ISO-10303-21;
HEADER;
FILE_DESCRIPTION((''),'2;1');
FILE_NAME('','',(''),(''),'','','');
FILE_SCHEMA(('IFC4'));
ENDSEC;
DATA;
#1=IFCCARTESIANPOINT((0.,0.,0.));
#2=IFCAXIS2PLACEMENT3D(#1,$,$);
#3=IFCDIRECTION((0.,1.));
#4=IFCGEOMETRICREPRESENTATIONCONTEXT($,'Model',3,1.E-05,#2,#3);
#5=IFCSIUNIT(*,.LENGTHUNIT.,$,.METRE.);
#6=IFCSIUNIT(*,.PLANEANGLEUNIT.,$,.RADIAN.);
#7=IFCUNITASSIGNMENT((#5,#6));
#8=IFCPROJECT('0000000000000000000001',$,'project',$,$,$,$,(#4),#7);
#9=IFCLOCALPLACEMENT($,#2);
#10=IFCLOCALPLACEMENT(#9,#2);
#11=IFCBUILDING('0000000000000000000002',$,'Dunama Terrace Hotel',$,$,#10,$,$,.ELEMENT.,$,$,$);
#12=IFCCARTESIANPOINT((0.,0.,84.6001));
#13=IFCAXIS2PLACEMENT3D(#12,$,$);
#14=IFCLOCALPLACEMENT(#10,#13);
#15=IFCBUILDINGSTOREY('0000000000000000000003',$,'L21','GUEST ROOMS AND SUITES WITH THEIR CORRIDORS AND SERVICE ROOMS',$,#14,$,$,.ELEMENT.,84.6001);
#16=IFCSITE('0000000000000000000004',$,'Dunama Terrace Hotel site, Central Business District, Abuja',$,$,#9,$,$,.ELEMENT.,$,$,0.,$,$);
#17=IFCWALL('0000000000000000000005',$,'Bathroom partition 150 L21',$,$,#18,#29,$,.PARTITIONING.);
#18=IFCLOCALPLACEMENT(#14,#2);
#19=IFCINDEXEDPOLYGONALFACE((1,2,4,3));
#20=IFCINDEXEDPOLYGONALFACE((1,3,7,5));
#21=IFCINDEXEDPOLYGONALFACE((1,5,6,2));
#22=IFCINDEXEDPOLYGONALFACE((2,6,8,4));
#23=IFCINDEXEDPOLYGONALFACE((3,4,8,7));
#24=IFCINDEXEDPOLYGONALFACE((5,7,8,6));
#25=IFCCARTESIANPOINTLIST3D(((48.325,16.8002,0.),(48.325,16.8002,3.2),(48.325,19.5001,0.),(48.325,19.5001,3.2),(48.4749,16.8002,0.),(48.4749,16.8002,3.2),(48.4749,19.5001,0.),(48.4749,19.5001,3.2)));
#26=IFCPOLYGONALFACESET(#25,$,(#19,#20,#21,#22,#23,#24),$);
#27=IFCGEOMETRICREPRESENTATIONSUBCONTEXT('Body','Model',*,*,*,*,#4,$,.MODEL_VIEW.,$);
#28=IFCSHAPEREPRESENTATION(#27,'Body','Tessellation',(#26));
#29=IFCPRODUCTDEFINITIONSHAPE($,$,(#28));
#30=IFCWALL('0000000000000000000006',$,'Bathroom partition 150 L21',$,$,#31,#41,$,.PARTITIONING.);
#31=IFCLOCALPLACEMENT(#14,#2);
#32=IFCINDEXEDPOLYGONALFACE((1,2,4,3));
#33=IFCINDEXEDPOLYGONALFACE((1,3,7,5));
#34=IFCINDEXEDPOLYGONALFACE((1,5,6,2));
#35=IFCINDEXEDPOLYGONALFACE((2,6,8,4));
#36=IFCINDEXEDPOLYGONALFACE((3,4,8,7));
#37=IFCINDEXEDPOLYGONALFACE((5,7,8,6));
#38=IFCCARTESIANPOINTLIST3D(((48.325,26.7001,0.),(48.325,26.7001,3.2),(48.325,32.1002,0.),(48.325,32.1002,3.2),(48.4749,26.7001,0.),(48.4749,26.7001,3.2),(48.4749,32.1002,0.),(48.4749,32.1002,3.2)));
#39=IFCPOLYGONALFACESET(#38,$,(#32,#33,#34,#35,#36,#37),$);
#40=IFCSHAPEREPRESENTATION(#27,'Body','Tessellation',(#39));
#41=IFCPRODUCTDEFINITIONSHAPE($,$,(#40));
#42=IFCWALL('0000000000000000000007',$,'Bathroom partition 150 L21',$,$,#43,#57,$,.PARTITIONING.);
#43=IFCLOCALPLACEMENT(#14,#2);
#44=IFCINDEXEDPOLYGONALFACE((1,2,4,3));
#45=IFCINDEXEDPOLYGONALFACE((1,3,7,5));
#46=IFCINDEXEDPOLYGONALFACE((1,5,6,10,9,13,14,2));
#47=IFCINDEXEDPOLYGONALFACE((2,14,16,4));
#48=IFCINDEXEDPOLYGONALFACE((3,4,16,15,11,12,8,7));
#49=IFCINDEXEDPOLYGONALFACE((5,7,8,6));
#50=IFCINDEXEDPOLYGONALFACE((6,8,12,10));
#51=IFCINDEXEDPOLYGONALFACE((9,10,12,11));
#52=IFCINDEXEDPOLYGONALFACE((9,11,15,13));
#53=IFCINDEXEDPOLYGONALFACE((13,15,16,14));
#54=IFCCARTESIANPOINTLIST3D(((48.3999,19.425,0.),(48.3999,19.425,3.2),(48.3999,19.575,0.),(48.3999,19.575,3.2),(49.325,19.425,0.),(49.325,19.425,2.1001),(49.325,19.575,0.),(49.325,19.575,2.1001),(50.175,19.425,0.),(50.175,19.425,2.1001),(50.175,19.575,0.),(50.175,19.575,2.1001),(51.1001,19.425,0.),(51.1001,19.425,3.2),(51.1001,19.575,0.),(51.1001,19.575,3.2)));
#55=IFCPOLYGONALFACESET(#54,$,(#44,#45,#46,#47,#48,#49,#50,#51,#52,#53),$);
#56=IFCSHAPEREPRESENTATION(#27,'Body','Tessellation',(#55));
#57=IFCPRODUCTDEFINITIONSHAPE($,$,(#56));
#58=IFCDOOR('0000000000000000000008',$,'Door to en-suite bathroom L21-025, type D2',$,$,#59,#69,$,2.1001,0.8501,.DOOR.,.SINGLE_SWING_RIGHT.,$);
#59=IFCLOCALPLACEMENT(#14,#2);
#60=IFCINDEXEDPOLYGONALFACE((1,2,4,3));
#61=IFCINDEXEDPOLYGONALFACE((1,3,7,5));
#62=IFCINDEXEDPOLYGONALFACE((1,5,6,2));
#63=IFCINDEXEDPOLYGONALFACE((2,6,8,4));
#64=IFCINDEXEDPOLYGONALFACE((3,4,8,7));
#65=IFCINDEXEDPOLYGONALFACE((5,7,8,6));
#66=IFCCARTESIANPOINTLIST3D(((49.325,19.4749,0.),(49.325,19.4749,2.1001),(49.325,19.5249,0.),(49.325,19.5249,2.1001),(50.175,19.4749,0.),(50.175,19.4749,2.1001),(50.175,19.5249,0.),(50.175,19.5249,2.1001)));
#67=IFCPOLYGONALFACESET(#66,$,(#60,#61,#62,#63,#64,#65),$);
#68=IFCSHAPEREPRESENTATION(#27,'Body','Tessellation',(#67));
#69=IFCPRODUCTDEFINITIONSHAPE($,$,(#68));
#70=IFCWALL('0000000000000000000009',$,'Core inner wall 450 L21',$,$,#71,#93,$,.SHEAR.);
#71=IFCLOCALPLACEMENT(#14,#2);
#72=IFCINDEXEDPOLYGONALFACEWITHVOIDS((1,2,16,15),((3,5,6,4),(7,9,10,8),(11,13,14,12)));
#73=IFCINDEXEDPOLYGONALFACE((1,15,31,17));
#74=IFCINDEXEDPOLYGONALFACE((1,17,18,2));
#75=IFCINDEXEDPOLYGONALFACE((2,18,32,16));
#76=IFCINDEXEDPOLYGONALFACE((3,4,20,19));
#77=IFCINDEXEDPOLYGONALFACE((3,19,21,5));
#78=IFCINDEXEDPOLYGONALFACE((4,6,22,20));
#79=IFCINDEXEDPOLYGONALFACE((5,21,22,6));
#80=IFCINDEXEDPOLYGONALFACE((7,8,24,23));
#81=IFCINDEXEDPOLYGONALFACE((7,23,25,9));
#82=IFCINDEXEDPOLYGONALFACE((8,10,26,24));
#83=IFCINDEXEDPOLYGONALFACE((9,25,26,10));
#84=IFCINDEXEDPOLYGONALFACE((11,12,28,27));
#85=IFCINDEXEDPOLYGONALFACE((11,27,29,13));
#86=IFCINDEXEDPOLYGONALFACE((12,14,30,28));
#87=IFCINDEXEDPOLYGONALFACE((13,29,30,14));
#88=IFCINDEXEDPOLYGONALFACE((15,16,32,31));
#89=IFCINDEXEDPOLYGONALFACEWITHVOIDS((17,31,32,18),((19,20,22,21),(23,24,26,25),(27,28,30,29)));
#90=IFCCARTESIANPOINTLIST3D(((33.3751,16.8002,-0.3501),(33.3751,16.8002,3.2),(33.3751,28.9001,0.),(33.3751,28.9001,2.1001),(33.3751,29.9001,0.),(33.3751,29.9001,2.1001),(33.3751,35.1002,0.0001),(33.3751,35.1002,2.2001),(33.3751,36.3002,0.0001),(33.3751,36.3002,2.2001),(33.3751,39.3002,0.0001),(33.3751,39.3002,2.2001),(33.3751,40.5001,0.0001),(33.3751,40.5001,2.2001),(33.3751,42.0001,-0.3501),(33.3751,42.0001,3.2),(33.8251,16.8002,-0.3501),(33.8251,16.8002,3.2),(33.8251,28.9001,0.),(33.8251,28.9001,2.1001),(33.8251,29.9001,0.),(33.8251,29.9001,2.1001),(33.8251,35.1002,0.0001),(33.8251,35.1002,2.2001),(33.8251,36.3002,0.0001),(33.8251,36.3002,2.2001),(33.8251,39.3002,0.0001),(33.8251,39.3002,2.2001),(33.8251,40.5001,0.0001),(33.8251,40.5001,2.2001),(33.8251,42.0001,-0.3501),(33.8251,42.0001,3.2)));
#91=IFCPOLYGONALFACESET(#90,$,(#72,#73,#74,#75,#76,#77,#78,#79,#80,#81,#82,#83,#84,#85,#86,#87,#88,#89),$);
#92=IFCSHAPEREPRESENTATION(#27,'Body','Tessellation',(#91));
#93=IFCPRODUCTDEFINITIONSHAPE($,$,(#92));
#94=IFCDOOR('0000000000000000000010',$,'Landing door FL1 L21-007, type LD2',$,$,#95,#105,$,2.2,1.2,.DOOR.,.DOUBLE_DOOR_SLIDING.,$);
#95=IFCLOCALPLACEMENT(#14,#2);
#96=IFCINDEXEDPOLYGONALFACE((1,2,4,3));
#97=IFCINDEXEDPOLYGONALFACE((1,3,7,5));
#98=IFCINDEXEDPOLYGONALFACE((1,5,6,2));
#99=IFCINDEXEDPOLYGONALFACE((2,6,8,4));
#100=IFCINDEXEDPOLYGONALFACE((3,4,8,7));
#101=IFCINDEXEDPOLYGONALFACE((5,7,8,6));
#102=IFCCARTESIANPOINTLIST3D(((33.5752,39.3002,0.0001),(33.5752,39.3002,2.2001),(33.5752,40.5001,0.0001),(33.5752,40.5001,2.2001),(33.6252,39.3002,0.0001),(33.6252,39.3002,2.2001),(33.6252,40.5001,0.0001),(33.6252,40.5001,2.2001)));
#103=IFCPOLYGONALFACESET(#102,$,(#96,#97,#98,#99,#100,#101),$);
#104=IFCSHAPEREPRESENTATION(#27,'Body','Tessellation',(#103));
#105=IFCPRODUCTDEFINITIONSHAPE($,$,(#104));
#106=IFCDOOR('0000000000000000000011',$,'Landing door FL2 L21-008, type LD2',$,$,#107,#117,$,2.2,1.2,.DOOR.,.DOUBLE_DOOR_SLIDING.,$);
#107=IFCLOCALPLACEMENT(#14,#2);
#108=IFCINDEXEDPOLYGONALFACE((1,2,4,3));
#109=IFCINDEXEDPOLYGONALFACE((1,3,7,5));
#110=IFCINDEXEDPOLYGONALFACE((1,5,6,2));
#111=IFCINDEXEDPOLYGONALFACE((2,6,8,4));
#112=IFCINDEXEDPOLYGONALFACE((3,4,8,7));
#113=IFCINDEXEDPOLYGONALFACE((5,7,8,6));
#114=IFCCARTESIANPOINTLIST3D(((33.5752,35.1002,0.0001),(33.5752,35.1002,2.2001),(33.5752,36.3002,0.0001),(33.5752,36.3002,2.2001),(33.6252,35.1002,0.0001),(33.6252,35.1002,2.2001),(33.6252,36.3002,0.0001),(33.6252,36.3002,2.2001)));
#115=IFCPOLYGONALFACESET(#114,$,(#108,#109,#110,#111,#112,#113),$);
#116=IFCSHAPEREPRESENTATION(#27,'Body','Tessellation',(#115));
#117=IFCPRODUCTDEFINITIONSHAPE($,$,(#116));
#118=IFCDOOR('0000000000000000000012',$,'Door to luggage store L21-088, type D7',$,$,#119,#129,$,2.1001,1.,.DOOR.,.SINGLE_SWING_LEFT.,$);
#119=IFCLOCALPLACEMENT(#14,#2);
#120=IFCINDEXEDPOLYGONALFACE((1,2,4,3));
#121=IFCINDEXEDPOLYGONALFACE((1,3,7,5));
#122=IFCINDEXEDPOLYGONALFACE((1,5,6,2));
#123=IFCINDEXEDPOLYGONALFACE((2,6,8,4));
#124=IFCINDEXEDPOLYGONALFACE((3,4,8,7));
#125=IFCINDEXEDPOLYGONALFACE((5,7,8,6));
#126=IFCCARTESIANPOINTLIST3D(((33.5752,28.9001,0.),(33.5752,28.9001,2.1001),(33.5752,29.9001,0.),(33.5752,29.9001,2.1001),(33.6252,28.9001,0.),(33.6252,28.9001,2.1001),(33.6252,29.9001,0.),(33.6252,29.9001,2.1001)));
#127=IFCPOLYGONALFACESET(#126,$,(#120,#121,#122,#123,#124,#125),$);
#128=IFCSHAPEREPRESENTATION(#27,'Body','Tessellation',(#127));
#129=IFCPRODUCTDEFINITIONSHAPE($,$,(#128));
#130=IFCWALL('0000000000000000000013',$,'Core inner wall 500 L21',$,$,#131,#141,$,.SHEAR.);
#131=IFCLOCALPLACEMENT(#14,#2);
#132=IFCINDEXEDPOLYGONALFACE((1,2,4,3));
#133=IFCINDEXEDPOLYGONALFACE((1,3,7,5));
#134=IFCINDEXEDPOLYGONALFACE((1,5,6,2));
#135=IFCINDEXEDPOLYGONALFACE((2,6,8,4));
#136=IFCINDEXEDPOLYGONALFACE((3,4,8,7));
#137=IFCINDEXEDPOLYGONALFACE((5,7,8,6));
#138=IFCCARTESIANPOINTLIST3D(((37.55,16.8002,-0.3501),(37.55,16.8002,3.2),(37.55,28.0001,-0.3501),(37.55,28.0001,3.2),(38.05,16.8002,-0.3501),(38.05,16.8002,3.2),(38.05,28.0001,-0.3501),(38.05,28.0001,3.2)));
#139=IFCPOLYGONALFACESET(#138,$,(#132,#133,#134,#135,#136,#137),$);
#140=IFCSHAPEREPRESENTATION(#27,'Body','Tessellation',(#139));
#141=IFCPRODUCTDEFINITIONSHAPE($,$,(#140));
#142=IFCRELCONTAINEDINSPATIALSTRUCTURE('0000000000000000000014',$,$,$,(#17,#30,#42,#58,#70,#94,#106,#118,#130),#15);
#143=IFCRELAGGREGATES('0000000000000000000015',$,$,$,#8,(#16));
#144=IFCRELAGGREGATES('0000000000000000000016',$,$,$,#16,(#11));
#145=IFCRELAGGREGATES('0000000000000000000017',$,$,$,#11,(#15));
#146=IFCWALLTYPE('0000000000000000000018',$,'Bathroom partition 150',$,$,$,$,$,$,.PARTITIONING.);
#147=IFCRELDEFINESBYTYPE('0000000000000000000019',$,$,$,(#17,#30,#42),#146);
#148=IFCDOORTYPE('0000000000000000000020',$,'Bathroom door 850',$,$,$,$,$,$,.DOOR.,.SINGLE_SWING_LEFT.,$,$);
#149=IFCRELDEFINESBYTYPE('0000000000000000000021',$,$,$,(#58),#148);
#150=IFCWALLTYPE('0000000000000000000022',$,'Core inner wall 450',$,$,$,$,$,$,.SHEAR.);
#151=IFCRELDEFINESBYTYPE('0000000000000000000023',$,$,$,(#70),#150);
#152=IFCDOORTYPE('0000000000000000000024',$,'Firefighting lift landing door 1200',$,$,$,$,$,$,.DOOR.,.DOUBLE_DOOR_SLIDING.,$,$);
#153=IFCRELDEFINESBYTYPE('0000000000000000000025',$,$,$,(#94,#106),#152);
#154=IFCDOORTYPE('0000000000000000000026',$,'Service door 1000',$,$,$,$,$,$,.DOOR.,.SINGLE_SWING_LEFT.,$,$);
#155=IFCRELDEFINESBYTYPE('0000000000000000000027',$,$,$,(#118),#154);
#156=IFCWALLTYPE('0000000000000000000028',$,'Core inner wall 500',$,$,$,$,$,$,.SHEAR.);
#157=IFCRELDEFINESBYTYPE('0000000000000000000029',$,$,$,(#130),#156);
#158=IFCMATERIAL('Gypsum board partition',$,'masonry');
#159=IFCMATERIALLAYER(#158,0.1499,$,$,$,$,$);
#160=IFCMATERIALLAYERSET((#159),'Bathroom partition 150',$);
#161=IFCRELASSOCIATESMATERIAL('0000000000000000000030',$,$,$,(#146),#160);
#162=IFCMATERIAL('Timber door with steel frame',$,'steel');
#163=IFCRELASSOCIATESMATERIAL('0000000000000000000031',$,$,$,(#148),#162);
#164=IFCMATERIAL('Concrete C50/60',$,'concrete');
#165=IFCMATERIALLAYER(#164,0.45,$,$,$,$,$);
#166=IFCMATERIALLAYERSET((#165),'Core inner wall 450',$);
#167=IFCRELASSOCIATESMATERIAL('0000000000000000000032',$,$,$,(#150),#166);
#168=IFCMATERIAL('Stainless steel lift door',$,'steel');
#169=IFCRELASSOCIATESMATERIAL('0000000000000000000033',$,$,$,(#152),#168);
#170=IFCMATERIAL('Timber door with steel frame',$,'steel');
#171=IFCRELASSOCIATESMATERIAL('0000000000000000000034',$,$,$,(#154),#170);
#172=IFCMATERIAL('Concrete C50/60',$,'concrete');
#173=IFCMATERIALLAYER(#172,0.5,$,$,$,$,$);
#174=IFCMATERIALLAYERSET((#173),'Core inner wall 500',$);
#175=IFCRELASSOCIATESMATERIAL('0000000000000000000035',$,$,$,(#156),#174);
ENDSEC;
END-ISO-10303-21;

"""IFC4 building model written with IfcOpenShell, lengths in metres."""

from ifc_helpers import new_model, si_unit, direction, frame, frame_2d, origin, place, context, subcontext, project, spatial, rectangle, extrude, material, layer, layer_set, type_object, element, fill, save


model = new_model("IFC4")

# Units and contexts
model_context = context("Model", 3, precision=1e-05, world=origin(), true_north=direction((0.0, 1.0)))
body_context = subcontext(model_context, "Body", "Model", "MODEL_VIEW")
ifc_project = project(units=[si_unit("LENGTHUNIT", "METRE"), si_unit("PLANEANGLEUNIT", "RADIAN")], contexts=[model_context])

# Site, building, storey
site_placement = place(None, origin())
site = spatial("IfcSite", under=ifc_project, at=site_placement, Name="Dunama Terrace Hotel site, Central Business District, Abuja", CompositionType="ELEMENT", RefElevation=0.0)
building_placement = place(site_placement, origin())
building = spatial("IfcBuilding", under=site, at=building_placement, Name="Dunama Terrace Hotel", CompositionType="ELEMENT")
storey_placement = place(building_placement, frame((0.0, 0.0, 84.6001)))
storey = spatial("IfcBuildingStorey", under=building, at=storey_placement, Name="L21", Description="GUEST ROOMS AND SUITES WITH THEIR CORRIDORS AND SERVICE ROOMS", CompositionType="ELEMENT", Elevation=84.6001)

# Walls
ifc_material_1 = material(Name="Gypsum board partition", Category="masonry")
ifc_layer_1 = layer(ifc_material_1, 0.1499)
ifc_layer_set_1 = layer_set([ifc_layer_1], Name="Bathroom partition 150")
wall_type_1 = type_object("IfcWallType", Name="Bathroom partition 150", PredefinedType="PARTITIONING", material=ifc_layer_set_1)
wall_1_placement = place(storey_placement, frame((48.3999, 16.8, 0.0), z_axis=(0.0, 0.0, 1.0), x_axis=(0.0, 1.0, 0.0)))
element("IfcWall", 1, at=wall_1_placement, inside=storey, type_object=wall_type_1, Name="Bathroom partition 150 L21", PredefinedType="PARTITIONING", context=body_context, shape_type="SweptSolid", body=[
    extrude(rectangle(XDim=2.7, YDim=0.1499, at=frame_2d((1.3501, 0.0))), origin(), (0.0, 0.0, 1.0), 3.2),
])
wall_2_placement = place(storey_placement, frame((48.3999, 26.7, 0.0), z_axis=(0.0, 0.0, 1.0), x_axis=(0.0, 1.0, 0.0)))
element("IfcWall", 2, at=wall_2_placement, inside=storey, type_object=wall_type_1, Name="Bathroom partition 150 L21", PredefinedType="PARTITIONING", context=body_context, shape_type="SweptSolid", body=[
    extrude(rectangle(XDim=5.4001, YDim=0.1499, at=frame_2d((2.7002, 0.0))), origin(), (0.0, 0.0, 1.0), 3.2),
])

# Wall, opening, door
wall_3_placement = place(storey_placement, frame((48.3999, 19.5, 0.0), z_axis=(0.0, 0.0, 1.0), x_axis=(1.0, 0.0, 0.0)))
wall_3 = element("IfcWall", 3, at=wall_3_placement, inside=storey, type_object=wall_type_1, Name="Bathroom partition 150 L21", PredefinedType="PARTITIONING", context=body_context, shape_type="SweptSolid", body=[
    extrude(rectangle(XDim=2.7002, YDim=0.1499, at=frame_2d((1.3501, 0.0))), origin(), (0.0, 0.0, 1.0), 3.2),
])
opening_1_placement = place(wall_3_placement, frame((0.925, 0.0, 0.0)))
opening_1 = element("IfcOpeningElement", 4, at=opening_1_placement, cuts=wall_3, PredefinedType="OPENING", context=body_context, shape_type="SweptSolid", body=[
    extrude(rectangle(XDim=0.8501, YDim=2.1001, at=frame_2d((0.425, 1.05))), frame((0.0, 0.085, 0.0), z_axis=(0.0, -1.0, 0.0), x_axis=(1.0, 0.0, 0.0)), (0.0, 0.0, 1.0), 0.1699),
])
ifc_material_2 = material(Name="Timber door with steel frame", Category="steel")
door_type_1 = type_object("IfcDoorType", Name="Bathroom door 850", OperationType="SINGLE_SWING_LEFT", PredefinedType="DOOR", material=ifc_material_2)
door_1_placement = place(opening_1_placement, frame((0.8501, 0.0, 0.0), z_axis=(0.0, 0.0, 1.0), x_axis=(-1.0, 0.0, 0.0)))
door_1 = element("IfcDoor", 5, at=door_1_placement, inside=storey, type_object=door_type_1, Name="Door to en-suite bathroom L21-025, type D2", OperationType="SINGLE_SWING_RIGHT", OverallHeight=2.1001, OverallWidth=0.8501, PredefinedType="DOOR", context=body_context, shape_type="SweptSolid", body=[
    extrude(rectangle(XDim=0.8501, YDim=2.1001, at=frame_2d((0.425, 1.05))), frame((0.0, 0.0251, 0.0), z_axis=(0.0, -1.0, 0.0), x_axis=(1.0, 0.0, 0.0)), (0.0, 0.0, 1.0), 0.05),
])
fill(opening_1, door_1)

# Wall, openings, doors
ifc_material_3 = material(Name="Concrete C50/60", Category="concrete")
ifc_layer_2 = layer(ifc_material_3, 0.45)
ifc_layer_set_2 = layer_set([ifc_layer_2], Name="Core inner wall 450")
wall_type_2 = type_object("IfcWallType", Name="Core inner wall 450", PredefinedType="SHEAR", material=ifc_layer_set_2)
wall_4_placement = place(storey_placement, frame((33.6001, 16.8, -0.3501), z_axis=(0.0, 0.0, 1.0), x_axis=(0.0, 1.0, 0.0)))
wall_4 = element("IfcWall", 6, at=wall_4_placement, inside=storey, type_object=wall_type_2, Name="Core inner wall 450 L21", PredefinedType="SHEAR", context=body_context, shape_type="SweptSolid", body=[
    extrude(rectangle(XDim=25.2, YDim=0.45, at=frame_2d((12.6001, 0.0))), origin(), (0.0, 0.0, 1.0), 3.55),
])
opening_2_placement = place(wall_4_placement, frame((22.5, 0.0, 0.3501)))
opening_2 = element("IfcOpeningElement", 7, at=opening_2_placement, cuts=wall_4, PredefinedType="OPENING", context=body_context, shape_type="SweptSolid", body=[
    extrude(rectangle(XDim=1.2, YDim=2.2, at=frame_2d((0.6001, 1.1001))), frame((0.0, 0.2349, 0.0), z_axis=(0.0, -1.0, 0.0), x_axis=(1.0, 0.0, 0.0)), (0.0, 0.0, 1.0), 0.47),
])
opening_3_placement = place(wall_4_placement, frame((18.3, 0.0, 0.3501)))
opening_3 = element("IfcOpeningElement", 8, at=opening_3_placement, cuts=wall_4, PredefinedType="OPENING", context=body_context, shape_type="SweptSolid", body=[
    extrude(rectangle(XDim=1.2, YDim=2.2, at=frame_2d((0.6001, 1.1001))), frame((0.0, 0.2349, 0.0), z_axis=(0.0, -1.0, 0.0), x_axis=(1.0, 0.0, 0.0)), (0.0, 0.0, 1.0), 0.47),
])
opening_4_placement = place(wall_4_placement, frame((12.1001, 0.0, 0.3501)))
opening_4 = element("IfcOpeningElement", 9, at=opening_4_placement, cuts=wall_4, PredefinedType="OPENING", context=body_context, shape_type="SweptSolid", body=[
    extrude(rectangle(XDim=1.0, YDim=2.1001, at=frame_2d((0.5, 1.05))), frame((0.0, 0.2349, 0.0), z_axis=(0.0, -1.0, 0.0), x_axis=(1.0, 0.0, 0.0)), (0.0, 0.0, 1.0), 0.47),
])
ifc_material_4 = material(Name="Stainless steel lift door", Category="steel")
door_type_2 = type_object("IfcDoorType", Name="Firefighting lift landing door 1200", OperationType="DOUBLE_DOOR_SLIDING", PredefinedType="DOOR", material=ifc_material_4)
door_2_placement = place(opening_2_placement, origin())
door_2 = element("IfcDoor", 10, at=door_2_placement, inside=storey, type_object=door_type_2, Name="Landing door FL1 L21-007, type LD2", OperationType="DOUBLE_DOOR_SLIDING", OverallHeight=2.2, OverallWidth=1.2, PredefinedType="DOOR", context=body_context, shape_type="SweptSolid", body=[
    extrude(rectangle(XDim=1.2, YDim=2.2, at=frame_2d((0.6001, 1.1001))), frame((0.0, 0.0249, 0.0), z_axis=(0.0, -1.0, 0.0), x_axis=(1.0, 0.0, 0.0)), (0.0, 0.0, 1.0), 0.05),
])
fill(opening_2, door_2)
door_3_placement = place(opening_3_placement, origin())
door_3 = element("IfcDoor", 11, at=door_3_placement, inside=storey, type_object=door_type_2, Name="Landing door FL2 L21-008, type LD2", OperationType="DOUBLE_DOOR_SLIDING", OverallHeight=2.2, OverallWidth=1.2, PredefinedType="DOOR", context=body_context, shape_type="SweptSolid", body=[
    extrude(rectangle(XDim=1.2, YDim=2.2, at=frame_2d((0.6001, 1.1001))), frame((0.0, 0.0249, 0.0), z_axis=(0.0, -1.0, 0.0), x_axis=(1.0, 0.0, 0.0)), (0.0, 0.0, 1.0), 0.05),
])
fill(opening_3, door_3)
ifc_material_5 = material(Name="Timber door with steel frame", Category="steel")
door_type_3 = type_object("IfcDoorType", Name="Service door 1000", OperationType="SINGLE_SWING_LEFT", PredefinedType="DOOR", material=ifc_material_5)
door_4_placement = place(opening_4_placement, origin())
door_4 = element("IfcDoor", 12, at=door_4_placement, inside=storey, type_object=door_type_3, Name="Door to luggage store L21-088, type D7", OperationType="SINGLE_SWING_LEFT", OverallHeight=2.1001, OverallWidth=1.0, PredefinedType="DOOR", context=body_context, shape_type="SweptSolid", body=[
    extrude(rectangle(XDim=1.0, YDim=2.1001, at=frame_2d((0.5, 1.05))), frame((0.0, 0.0249, 0.0), z_axis=(0.0, -1.0, 0.0), x_axis=(1.0, 0.0, 0.0)), (0.0, 0.0, 1.0), 0.05),
])
fill(opening_4, door_4)

# Wall
ifc_material_6 = material(Name="Concrete C50/60", Category="concrete")
ifc_layer_3 = layer(ifc_material_6, 0.5)
ifc_layer_set_3 = layer_set([ifc_layer_3], Name="Core inner wall 500")
wall_type_3 = type_object("IfcWallType", Name="Core inner wall 500", PredefinedType="SHEAR", material=ifc_layer_set_3)
wall_5_placement = place(storey_placement, frame((37.8, 16.8, -0.3501), z_axis=(0.0, 0.0, 1.0), x_axis=(0.0, 1.0, 0.0)))
element("IfcWall", 13, at=wall_5_placement, inside=storey, type_object=wall_type_3, Name="Core inner wall 500 L21", PredefinedType="SHEAR", context=body_context, shape_type="SweptSolid", body=[
    extrude(rectangle(XDim=11.2, YDim=0.5, at=frame_2d((5.6001, 0.0))), origin(), (0.0, 0.0, 1.0), 3.55),
])

save(model, "model.ifc")
